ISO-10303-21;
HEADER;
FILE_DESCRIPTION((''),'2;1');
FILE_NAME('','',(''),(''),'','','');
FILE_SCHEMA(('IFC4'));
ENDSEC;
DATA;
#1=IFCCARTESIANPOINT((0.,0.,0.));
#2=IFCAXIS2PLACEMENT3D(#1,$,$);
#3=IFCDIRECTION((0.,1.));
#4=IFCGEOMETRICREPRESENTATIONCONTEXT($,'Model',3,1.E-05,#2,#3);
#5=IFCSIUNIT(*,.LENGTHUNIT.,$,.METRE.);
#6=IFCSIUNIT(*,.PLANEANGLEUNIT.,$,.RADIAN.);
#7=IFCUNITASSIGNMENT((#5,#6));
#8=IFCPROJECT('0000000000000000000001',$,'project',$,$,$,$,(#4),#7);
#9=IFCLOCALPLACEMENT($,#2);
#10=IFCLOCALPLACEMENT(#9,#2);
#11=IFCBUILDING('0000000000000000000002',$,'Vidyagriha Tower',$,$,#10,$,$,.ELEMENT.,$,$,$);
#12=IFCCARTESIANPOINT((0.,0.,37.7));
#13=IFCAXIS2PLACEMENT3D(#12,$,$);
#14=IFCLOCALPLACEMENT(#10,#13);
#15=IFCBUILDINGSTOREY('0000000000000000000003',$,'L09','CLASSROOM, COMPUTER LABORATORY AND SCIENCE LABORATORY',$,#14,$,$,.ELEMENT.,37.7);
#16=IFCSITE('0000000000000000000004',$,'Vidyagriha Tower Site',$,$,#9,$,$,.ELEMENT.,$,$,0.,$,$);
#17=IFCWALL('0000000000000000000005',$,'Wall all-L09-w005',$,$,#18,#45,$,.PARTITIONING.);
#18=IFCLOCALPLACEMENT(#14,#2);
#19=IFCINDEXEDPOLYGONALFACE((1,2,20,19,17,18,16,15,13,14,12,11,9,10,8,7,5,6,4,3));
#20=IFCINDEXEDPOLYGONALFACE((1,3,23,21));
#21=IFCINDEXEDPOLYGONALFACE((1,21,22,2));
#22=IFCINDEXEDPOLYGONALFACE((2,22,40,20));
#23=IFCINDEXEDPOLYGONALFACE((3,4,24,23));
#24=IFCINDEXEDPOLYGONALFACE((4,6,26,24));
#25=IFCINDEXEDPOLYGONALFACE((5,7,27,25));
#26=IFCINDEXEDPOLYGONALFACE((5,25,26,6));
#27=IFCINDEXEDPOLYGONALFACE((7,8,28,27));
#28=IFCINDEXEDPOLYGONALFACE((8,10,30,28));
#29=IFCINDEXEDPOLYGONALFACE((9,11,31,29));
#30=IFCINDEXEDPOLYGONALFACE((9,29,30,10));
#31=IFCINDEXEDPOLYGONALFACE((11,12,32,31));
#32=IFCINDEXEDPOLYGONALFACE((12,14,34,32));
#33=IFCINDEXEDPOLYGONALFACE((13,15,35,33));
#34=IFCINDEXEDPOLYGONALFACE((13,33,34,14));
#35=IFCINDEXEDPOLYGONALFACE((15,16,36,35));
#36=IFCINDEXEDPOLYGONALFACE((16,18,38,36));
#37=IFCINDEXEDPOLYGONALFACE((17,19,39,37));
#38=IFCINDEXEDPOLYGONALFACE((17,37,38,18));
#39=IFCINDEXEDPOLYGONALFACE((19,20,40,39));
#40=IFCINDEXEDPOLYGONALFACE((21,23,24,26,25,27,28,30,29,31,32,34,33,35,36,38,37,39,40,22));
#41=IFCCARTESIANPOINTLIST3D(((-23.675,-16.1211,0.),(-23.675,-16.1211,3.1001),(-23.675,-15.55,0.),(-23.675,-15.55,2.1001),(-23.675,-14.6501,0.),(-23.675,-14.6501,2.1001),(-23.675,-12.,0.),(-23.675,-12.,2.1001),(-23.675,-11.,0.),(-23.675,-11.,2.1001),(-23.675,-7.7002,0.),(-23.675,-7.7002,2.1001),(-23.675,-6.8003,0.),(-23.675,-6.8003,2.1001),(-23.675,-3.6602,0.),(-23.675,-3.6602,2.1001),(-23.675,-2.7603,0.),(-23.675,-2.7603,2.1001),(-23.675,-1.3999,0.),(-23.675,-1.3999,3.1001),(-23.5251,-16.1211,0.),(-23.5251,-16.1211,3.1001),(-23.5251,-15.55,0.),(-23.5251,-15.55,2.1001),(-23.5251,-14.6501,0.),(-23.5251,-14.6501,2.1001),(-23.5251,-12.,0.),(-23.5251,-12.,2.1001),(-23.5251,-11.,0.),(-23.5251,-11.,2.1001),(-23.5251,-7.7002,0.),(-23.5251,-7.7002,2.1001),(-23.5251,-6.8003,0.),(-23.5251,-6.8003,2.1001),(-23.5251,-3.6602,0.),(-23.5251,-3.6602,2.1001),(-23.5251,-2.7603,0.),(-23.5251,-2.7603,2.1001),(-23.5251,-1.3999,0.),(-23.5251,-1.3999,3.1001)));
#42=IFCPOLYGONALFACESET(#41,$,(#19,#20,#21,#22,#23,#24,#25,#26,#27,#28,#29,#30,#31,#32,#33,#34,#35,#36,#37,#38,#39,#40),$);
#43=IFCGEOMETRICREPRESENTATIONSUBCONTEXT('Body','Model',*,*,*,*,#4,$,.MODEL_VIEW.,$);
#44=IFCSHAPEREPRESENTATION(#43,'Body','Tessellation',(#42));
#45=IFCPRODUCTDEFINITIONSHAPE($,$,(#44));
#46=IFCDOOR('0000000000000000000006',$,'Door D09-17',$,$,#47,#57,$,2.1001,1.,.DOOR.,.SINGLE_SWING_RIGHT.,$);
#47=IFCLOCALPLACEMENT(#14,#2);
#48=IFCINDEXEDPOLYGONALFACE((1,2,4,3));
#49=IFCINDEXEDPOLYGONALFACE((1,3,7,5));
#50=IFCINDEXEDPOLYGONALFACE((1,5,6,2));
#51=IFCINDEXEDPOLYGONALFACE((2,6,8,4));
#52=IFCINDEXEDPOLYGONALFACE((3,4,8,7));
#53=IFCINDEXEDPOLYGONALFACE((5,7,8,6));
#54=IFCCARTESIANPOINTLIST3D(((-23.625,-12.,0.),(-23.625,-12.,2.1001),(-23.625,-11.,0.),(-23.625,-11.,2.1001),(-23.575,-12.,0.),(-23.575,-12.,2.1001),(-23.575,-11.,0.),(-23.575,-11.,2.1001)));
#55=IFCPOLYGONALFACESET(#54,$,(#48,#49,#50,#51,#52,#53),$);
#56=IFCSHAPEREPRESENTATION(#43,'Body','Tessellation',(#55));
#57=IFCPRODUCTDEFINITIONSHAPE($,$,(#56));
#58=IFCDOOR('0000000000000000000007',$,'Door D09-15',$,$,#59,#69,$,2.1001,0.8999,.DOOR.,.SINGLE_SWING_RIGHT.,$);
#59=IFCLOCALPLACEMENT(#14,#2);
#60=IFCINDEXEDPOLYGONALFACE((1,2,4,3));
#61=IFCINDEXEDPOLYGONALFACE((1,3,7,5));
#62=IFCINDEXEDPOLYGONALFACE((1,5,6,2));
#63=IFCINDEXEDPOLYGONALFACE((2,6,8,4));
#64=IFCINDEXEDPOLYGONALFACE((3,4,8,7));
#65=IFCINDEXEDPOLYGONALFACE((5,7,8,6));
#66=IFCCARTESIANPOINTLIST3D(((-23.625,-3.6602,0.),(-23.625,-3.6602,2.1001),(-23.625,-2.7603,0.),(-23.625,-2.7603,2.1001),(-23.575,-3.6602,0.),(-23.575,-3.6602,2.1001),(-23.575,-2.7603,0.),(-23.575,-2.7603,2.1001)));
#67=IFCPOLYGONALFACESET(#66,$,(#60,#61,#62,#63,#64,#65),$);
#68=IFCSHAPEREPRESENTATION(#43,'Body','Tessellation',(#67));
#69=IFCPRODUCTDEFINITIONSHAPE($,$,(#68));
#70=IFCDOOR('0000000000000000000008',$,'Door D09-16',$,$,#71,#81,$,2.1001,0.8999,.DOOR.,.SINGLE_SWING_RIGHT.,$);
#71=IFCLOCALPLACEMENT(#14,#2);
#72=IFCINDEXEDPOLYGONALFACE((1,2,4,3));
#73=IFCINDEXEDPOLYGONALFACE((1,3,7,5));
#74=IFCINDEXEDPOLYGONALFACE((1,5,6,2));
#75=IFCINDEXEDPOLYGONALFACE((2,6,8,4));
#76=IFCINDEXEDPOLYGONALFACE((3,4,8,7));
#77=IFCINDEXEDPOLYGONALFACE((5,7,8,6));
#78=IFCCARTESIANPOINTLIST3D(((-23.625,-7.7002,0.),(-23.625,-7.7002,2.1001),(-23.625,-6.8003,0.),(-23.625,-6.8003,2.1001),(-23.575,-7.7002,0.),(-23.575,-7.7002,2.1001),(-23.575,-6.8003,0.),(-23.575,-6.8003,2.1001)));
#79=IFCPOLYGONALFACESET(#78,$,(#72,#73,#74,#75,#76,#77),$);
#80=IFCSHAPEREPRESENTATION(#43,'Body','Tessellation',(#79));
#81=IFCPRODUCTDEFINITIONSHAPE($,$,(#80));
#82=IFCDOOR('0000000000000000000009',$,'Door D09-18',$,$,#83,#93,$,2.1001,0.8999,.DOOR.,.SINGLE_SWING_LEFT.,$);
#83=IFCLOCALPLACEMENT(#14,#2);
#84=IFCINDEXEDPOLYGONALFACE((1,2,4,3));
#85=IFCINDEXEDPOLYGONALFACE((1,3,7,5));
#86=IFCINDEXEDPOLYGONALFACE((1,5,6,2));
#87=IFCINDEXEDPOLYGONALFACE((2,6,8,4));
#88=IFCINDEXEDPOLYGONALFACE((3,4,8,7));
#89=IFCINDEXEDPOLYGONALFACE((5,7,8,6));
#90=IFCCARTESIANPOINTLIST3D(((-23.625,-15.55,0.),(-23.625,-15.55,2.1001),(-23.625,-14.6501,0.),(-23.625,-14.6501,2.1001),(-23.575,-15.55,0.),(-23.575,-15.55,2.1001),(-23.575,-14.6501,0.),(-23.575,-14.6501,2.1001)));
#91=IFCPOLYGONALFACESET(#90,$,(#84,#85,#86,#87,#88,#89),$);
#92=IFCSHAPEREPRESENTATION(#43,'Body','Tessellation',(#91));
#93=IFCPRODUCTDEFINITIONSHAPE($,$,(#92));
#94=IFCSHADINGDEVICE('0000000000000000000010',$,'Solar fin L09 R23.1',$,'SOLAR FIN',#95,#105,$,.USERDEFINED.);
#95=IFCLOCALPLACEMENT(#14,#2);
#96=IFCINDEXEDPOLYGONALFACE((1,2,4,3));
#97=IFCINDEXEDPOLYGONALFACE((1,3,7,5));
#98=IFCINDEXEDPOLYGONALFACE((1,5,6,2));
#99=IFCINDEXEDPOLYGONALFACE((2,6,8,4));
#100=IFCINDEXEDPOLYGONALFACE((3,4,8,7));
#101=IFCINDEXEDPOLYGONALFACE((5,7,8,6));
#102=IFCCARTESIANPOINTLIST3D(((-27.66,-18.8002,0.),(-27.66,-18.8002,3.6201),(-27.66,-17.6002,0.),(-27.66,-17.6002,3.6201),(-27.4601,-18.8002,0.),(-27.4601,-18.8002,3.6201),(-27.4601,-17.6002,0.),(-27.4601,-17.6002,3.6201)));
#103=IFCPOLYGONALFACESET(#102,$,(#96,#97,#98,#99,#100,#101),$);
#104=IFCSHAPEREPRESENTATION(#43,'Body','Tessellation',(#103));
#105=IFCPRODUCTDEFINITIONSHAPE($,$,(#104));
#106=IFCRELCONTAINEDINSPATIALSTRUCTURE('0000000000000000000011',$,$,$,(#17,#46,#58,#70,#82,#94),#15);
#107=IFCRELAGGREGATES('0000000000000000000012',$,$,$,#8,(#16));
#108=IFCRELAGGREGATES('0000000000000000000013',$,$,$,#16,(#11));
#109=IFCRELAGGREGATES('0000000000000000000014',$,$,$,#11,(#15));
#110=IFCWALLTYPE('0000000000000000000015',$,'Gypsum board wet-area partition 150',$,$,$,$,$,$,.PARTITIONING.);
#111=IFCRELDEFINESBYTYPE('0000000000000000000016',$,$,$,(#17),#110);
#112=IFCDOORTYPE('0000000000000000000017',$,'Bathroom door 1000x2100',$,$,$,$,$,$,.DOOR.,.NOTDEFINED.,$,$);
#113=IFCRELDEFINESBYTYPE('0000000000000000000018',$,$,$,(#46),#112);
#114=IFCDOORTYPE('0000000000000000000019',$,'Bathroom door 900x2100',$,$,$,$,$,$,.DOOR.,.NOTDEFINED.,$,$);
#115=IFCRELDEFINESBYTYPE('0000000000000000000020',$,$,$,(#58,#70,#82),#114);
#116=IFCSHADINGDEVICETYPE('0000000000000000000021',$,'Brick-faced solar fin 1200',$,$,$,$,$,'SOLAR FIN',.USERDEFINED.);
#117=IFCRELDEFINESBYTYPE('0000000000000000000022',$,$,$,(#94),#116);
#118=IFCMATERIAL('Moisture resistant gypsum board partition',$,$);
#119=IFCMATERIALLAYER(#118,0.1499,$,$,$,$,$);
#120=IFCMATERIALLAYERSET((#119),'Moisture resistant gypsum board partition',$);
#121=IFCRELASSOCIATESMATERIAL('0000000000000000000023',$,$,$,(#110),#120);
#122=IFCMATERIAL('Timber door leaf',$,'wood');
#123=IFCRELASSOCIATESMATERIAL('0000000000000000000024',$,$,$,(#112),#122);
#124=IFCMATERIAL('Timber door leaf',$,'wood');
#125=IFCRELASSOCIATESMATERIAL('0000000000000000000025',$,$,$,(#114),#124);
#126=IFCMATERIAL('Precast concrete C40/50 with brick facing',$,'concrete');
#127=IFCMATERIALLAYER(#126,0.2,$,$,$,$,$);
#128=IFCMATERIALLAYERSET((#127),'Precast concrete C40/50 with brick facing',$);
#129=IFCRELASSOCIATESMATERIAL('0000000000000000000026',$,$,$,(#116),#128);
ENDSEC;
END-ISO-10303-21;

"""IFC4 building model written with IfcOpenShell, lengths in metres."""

from ifc_helpers import new_model, si_unit, direction, frame, frame_2d, origin, place, context, subcontext, project, spatial, rectangle, extrude, material, layer, layer_set, type_object, element, fill, save


model = new_model("IFC4")

# Units and contexts
model_context = context("Model", 3, precision=1e-05, world=origin(), true_north=direction((0.0, 1.0)))
body_context = subcontext(model_context, "Body", "Model", "MODEL_VIEW")
ifc_project = project(units=[si_unit("LENGTHUNIT", "METRE"), si_unit("PLANEANGLEUNIT", "RADIAN")], contexts=[model_context])

# Site, building, storey
site_placement = place(None, origin())
site = spatial("IfcSite", under=ifc_project, at=site_placement, Name="Vidyagriha Tower Site", CompositionType="ELEMENT", RefElevation=0.0)
building_placement = place(site_placement, origin())
building = spatial("IfcBuilding", under=site, at=building_placement, Name="Vidyagriha Tower", CompositionType="ELEMENT")
storey_placement = place(building_placement, frame((0.0, 0.0, 37.7)))
storey = spatial("IfcBuildingStorey", under=building, at=storey_placement, Name="L09", Description="CLASSROOM, COMPUTER LABORATORY AND SCIENCE LABORATORY", CompositionType="ELEMENT", Elevation=37.7)

# Wall, openings, doors
ifc_material_1 = material(Name="Moisture resistant gypsum board partition")
ifc_layer_1 = layer(ifc_material_1, 0.1499)
ifc_layer_set_1 = layer_set([ifc_layer_1], Name="Moisture resistant gypsum board partition")
wall_type_1 = type_object("IfcWallType", Name="Gypsum board wet-area partition 150", PredefinedType="PARTITIONING", material=ifc_layer_set_1)
wall_1_placement = place(storey_placement, frame((-23.6001, -16.1211, 0.0), z_axis=(0.0, 0.0, 1.0), x_axis=(0.0, 1.0, 0.0)))
wall_1 = element("IfcWall", 1, at=wall_1_placement, inside=storey, type_object=wall_type_1, Name="Wall all-L09-w005", PredefinedType="PARTITIONING", context=body_context, shape_type="SweptSolid", body=[
    extrude(rectangle(XDim=14.7212, YDim=0.1499, at=frame_2d((7.3606, 0.0))), origin(), (0.0, 0.0, 1.0), 3.1001),
])
opening_1_placement = place(wall_1_placement, frame((12.4609, 0.0, 0.0)))
opening_1 = element("IfcOpeningElement", 2, at=opening_1_placement, cuts=wall_1, PredefinedType="OPENING", context=body_context, shape_type="SweptSolid", body=[
    extrude(rectangle(XDim=0.8999, YDim=2.1001, at=frame_2d((0.45, 1.05))), frame((0.0, 0.085, 0.0), z_axis=(0.0, -1.0, 0.0), x_axis=(1.0, 0.0, 0.0)), (0.0, 0.0, 1.0), 0.1699),
])
opening_2_placement = place(wall_1_placement, frame((8.4209, 0.0, 0.0)))
opening_2 = element("IfcOpeningElement", 3, at=opening_2_placement, cuts=wall_1, PredefinedType="OPENING", context=body_context, shape_type="SweptSolid", body=[
    extrude(rectangle(XDim=0.8999, YDim=2.1001, at=frame_2d((0.45, 1.05))), frame((0.0, 0.085, 0.0), z_axis=(0.0, -1.0, 0.0), x_axis=(1.0, 0.0, 0.0)), (0.0, 0.0, 1.0), 0.1699),
])
opening_3_placement = place(wall_1_placement, frame((4.1211, 0.0, 0.0)))
opening_3 = element("IfcOpeningElement", 4, at=opening_3_placement, cuts=wall_1, PredefinedType="OPENING", context=body_context, shape_type="SweptSolid", body=[
    extrude(rectangle(XDim=1.0, YDim=2.1001, at=frame_2d((0.5, 1.05))), frame((0.0, 0.085, 0.0), z_axis=(0.0, -1.0, 0.0), x_axis=(1.0, 0.0, 0.0)), (0.0, 0.0, 1.0), 0.1699),
])
opening_4_placement = place(wall_1_placement, frame((0.571, 0.0, 0.0)))
opening_4 = element("IfcOpeningElement", 5, at=opening_4_placement, cuts=wall_1, PredefinedType="OPENING", context=body_context, shape_type="SweptSolid", body=[
    extrude(rectangle(XDim=0.8999, YDim=2.1001, at=frame_2d((0.45, 1.05))), frame((0.0, 0.085, 0.0), z_axis=(0.0, -1.0, 0.0), x_axis=(1.0, 0.0, 0.0)), (0.0, 0.0, 1.0), 0.1699),
])
ifc_material_2 = material(Name="Timber door leaf", Category="wood")
door_type_1 = type_object("IfcDoorType", Name="Bathroom door 1000x2100", OperationType="NOTDEFINED", PredefinedType="DOOR", material=ifc_material_2)
door_1_placement = place(opening_3_placement, origin())
door_1 = element("IfcDoor", 6, at=door_1_placement, inside=storey, type_object=door_type_1, Name="Door D09-17", OperationType="SINGLE_SWING_RIGHT", OverallHeight=2.1001, OverallWidth=1.0, PredefinedType="DOOR", context=body_context, shape_type="SweptSolid", body=[
    extrude(rectangle(XDim=1.0, YDim=2.1001, at=frame_2d((0.5, 1.05))), frame((0.0, 0.0249, 0.0), z_axis=(0.0, -1.0, 0.0), x_axis=(1.0, 0.0, 0.0)), (0.0, 0.0, 1.0), 0.05),
])
fill(opening_3, door_1)
ifc_material_3 = material(Name="Timber door leaf", Category="wood")
door_type_2 = type_object("IfcDoorType", Name="Bathroom door 900x2100", OperationType="NOTDEFINED", PredefinedType="DOOR", material=ifc_material_3)
door_2_placement = place(opening_1_placement, origin())
door_2 = element("IfcDoor", 7, at=door_2_placement, inside=storey, type_object=door_type_2, Name="Door D09-15", OperationType="SINGLE_SWING_RIGHT", OverallHeight=2.1001, OverallWidth=0.8999, PredefinedType="DOOR", context=body_context, shape_type="SweptSolid", body=[
    extrude(rectangle(XDim=0.8999, YDim=2.1001, at=frame_2d((0.45, 1.05))), frame((0.0, 0.0249, 0.0), z_axis=(0.0, -1.0, 0.0), x_axis=(1.0, 0.0, 0.0)), (0.0, 0.0, 1.0), 0.05),
])
fill(opening_1, door_2)
door_3_placement = place(opening_2_placement, origin())
door_3 = element("IfcDoor", 8, at=door_3_placement, inside=storey, type_object=door_type_2, Name="Door D09-16", OperationType="SINGLE_SWING_RIGHT", OverallHeight=2.1001, OverallWidth=0.8999, PredefinedType="DOOR", context=body_context, shape_type="SweptSolid", body=[
    extrude(rectangle(XDim=0.8999, YDim=2.1001, at=frame_2d((0.45, 1.05))), frame((0.0, 0.0249, 0.0), z_axis=(0.0, -1.0, 0.0), x_axis=(1.0, 0.0, 0.0)), (0.0, 0.0, 1.0), 0.05),
])
fill(opening_2, door_3)
door_4_placement = place(opening_4_placement, origin())
door_4 = element("IfcDoor", 9, at=door_4_placement, inside=storey, type_object=door_type_2, Name="Door D09-18", OperationType="SINGLE_SWING_LEFT", OverallHeight=2.1001, OverallWidth=0.8999, PredefinedType="DOOR", context=body_context, shape_type="SweptSolid", body=[
    extrude(rectangle(XDim=0.8999, YDim=2.1001, at=frame_2d((0.45, 1.05))), frame((0.0, 0.0249, 0.0), z_axis=(0.0, -1.0, 0.0), x_axis=(1.0, 0.0, 0.0)), (0.0, 0.0, 1.0), 0.05),
])
fill(opening_4, door_4)

# Shading device
ifc_material_4 = material(Name="Precast concrete C40/50 with brick facing", Category="concrete")
ifc_layer_2 = layer(ifc_material_4, 0.2)
ifc_layer_set_2 = layer_set([ifc_layer_2], Name="Precast concrete C40/50 with brick facing")
shading_device_type = type_object("IfcShadingDeviceType", Name="Brick-faced solar fin 1200", ElementType="SOLAR FIN", PredefinedType="USERDEFINED", material=ifc_layer_set_2)
shading_device_placement = place(storey_placement, frame((-27.5601, -17.6001, 0.0), z_axis=(0.0, 0.0, 1.0), x_axis=(0.0, -1.0, 0.0)))
element("IfcShadingDevice", 10, at=shading_device_placement, inside=storey, type_object=shading_device_type, Name="Solar fin L09 R23.1", ObjectType="SOLAR FIN", PredefinedType="USERDEFINED", context=body_context, shape_type="SweptSolid", body=[
    extrude(rectangle(XDim=1.2, YDim=0.2, at=frame_2d((0.6001, 0.0))), origin(), (0.0, 0.0, 1.0), 3.6201),
])

save(model, "model.ifc")
